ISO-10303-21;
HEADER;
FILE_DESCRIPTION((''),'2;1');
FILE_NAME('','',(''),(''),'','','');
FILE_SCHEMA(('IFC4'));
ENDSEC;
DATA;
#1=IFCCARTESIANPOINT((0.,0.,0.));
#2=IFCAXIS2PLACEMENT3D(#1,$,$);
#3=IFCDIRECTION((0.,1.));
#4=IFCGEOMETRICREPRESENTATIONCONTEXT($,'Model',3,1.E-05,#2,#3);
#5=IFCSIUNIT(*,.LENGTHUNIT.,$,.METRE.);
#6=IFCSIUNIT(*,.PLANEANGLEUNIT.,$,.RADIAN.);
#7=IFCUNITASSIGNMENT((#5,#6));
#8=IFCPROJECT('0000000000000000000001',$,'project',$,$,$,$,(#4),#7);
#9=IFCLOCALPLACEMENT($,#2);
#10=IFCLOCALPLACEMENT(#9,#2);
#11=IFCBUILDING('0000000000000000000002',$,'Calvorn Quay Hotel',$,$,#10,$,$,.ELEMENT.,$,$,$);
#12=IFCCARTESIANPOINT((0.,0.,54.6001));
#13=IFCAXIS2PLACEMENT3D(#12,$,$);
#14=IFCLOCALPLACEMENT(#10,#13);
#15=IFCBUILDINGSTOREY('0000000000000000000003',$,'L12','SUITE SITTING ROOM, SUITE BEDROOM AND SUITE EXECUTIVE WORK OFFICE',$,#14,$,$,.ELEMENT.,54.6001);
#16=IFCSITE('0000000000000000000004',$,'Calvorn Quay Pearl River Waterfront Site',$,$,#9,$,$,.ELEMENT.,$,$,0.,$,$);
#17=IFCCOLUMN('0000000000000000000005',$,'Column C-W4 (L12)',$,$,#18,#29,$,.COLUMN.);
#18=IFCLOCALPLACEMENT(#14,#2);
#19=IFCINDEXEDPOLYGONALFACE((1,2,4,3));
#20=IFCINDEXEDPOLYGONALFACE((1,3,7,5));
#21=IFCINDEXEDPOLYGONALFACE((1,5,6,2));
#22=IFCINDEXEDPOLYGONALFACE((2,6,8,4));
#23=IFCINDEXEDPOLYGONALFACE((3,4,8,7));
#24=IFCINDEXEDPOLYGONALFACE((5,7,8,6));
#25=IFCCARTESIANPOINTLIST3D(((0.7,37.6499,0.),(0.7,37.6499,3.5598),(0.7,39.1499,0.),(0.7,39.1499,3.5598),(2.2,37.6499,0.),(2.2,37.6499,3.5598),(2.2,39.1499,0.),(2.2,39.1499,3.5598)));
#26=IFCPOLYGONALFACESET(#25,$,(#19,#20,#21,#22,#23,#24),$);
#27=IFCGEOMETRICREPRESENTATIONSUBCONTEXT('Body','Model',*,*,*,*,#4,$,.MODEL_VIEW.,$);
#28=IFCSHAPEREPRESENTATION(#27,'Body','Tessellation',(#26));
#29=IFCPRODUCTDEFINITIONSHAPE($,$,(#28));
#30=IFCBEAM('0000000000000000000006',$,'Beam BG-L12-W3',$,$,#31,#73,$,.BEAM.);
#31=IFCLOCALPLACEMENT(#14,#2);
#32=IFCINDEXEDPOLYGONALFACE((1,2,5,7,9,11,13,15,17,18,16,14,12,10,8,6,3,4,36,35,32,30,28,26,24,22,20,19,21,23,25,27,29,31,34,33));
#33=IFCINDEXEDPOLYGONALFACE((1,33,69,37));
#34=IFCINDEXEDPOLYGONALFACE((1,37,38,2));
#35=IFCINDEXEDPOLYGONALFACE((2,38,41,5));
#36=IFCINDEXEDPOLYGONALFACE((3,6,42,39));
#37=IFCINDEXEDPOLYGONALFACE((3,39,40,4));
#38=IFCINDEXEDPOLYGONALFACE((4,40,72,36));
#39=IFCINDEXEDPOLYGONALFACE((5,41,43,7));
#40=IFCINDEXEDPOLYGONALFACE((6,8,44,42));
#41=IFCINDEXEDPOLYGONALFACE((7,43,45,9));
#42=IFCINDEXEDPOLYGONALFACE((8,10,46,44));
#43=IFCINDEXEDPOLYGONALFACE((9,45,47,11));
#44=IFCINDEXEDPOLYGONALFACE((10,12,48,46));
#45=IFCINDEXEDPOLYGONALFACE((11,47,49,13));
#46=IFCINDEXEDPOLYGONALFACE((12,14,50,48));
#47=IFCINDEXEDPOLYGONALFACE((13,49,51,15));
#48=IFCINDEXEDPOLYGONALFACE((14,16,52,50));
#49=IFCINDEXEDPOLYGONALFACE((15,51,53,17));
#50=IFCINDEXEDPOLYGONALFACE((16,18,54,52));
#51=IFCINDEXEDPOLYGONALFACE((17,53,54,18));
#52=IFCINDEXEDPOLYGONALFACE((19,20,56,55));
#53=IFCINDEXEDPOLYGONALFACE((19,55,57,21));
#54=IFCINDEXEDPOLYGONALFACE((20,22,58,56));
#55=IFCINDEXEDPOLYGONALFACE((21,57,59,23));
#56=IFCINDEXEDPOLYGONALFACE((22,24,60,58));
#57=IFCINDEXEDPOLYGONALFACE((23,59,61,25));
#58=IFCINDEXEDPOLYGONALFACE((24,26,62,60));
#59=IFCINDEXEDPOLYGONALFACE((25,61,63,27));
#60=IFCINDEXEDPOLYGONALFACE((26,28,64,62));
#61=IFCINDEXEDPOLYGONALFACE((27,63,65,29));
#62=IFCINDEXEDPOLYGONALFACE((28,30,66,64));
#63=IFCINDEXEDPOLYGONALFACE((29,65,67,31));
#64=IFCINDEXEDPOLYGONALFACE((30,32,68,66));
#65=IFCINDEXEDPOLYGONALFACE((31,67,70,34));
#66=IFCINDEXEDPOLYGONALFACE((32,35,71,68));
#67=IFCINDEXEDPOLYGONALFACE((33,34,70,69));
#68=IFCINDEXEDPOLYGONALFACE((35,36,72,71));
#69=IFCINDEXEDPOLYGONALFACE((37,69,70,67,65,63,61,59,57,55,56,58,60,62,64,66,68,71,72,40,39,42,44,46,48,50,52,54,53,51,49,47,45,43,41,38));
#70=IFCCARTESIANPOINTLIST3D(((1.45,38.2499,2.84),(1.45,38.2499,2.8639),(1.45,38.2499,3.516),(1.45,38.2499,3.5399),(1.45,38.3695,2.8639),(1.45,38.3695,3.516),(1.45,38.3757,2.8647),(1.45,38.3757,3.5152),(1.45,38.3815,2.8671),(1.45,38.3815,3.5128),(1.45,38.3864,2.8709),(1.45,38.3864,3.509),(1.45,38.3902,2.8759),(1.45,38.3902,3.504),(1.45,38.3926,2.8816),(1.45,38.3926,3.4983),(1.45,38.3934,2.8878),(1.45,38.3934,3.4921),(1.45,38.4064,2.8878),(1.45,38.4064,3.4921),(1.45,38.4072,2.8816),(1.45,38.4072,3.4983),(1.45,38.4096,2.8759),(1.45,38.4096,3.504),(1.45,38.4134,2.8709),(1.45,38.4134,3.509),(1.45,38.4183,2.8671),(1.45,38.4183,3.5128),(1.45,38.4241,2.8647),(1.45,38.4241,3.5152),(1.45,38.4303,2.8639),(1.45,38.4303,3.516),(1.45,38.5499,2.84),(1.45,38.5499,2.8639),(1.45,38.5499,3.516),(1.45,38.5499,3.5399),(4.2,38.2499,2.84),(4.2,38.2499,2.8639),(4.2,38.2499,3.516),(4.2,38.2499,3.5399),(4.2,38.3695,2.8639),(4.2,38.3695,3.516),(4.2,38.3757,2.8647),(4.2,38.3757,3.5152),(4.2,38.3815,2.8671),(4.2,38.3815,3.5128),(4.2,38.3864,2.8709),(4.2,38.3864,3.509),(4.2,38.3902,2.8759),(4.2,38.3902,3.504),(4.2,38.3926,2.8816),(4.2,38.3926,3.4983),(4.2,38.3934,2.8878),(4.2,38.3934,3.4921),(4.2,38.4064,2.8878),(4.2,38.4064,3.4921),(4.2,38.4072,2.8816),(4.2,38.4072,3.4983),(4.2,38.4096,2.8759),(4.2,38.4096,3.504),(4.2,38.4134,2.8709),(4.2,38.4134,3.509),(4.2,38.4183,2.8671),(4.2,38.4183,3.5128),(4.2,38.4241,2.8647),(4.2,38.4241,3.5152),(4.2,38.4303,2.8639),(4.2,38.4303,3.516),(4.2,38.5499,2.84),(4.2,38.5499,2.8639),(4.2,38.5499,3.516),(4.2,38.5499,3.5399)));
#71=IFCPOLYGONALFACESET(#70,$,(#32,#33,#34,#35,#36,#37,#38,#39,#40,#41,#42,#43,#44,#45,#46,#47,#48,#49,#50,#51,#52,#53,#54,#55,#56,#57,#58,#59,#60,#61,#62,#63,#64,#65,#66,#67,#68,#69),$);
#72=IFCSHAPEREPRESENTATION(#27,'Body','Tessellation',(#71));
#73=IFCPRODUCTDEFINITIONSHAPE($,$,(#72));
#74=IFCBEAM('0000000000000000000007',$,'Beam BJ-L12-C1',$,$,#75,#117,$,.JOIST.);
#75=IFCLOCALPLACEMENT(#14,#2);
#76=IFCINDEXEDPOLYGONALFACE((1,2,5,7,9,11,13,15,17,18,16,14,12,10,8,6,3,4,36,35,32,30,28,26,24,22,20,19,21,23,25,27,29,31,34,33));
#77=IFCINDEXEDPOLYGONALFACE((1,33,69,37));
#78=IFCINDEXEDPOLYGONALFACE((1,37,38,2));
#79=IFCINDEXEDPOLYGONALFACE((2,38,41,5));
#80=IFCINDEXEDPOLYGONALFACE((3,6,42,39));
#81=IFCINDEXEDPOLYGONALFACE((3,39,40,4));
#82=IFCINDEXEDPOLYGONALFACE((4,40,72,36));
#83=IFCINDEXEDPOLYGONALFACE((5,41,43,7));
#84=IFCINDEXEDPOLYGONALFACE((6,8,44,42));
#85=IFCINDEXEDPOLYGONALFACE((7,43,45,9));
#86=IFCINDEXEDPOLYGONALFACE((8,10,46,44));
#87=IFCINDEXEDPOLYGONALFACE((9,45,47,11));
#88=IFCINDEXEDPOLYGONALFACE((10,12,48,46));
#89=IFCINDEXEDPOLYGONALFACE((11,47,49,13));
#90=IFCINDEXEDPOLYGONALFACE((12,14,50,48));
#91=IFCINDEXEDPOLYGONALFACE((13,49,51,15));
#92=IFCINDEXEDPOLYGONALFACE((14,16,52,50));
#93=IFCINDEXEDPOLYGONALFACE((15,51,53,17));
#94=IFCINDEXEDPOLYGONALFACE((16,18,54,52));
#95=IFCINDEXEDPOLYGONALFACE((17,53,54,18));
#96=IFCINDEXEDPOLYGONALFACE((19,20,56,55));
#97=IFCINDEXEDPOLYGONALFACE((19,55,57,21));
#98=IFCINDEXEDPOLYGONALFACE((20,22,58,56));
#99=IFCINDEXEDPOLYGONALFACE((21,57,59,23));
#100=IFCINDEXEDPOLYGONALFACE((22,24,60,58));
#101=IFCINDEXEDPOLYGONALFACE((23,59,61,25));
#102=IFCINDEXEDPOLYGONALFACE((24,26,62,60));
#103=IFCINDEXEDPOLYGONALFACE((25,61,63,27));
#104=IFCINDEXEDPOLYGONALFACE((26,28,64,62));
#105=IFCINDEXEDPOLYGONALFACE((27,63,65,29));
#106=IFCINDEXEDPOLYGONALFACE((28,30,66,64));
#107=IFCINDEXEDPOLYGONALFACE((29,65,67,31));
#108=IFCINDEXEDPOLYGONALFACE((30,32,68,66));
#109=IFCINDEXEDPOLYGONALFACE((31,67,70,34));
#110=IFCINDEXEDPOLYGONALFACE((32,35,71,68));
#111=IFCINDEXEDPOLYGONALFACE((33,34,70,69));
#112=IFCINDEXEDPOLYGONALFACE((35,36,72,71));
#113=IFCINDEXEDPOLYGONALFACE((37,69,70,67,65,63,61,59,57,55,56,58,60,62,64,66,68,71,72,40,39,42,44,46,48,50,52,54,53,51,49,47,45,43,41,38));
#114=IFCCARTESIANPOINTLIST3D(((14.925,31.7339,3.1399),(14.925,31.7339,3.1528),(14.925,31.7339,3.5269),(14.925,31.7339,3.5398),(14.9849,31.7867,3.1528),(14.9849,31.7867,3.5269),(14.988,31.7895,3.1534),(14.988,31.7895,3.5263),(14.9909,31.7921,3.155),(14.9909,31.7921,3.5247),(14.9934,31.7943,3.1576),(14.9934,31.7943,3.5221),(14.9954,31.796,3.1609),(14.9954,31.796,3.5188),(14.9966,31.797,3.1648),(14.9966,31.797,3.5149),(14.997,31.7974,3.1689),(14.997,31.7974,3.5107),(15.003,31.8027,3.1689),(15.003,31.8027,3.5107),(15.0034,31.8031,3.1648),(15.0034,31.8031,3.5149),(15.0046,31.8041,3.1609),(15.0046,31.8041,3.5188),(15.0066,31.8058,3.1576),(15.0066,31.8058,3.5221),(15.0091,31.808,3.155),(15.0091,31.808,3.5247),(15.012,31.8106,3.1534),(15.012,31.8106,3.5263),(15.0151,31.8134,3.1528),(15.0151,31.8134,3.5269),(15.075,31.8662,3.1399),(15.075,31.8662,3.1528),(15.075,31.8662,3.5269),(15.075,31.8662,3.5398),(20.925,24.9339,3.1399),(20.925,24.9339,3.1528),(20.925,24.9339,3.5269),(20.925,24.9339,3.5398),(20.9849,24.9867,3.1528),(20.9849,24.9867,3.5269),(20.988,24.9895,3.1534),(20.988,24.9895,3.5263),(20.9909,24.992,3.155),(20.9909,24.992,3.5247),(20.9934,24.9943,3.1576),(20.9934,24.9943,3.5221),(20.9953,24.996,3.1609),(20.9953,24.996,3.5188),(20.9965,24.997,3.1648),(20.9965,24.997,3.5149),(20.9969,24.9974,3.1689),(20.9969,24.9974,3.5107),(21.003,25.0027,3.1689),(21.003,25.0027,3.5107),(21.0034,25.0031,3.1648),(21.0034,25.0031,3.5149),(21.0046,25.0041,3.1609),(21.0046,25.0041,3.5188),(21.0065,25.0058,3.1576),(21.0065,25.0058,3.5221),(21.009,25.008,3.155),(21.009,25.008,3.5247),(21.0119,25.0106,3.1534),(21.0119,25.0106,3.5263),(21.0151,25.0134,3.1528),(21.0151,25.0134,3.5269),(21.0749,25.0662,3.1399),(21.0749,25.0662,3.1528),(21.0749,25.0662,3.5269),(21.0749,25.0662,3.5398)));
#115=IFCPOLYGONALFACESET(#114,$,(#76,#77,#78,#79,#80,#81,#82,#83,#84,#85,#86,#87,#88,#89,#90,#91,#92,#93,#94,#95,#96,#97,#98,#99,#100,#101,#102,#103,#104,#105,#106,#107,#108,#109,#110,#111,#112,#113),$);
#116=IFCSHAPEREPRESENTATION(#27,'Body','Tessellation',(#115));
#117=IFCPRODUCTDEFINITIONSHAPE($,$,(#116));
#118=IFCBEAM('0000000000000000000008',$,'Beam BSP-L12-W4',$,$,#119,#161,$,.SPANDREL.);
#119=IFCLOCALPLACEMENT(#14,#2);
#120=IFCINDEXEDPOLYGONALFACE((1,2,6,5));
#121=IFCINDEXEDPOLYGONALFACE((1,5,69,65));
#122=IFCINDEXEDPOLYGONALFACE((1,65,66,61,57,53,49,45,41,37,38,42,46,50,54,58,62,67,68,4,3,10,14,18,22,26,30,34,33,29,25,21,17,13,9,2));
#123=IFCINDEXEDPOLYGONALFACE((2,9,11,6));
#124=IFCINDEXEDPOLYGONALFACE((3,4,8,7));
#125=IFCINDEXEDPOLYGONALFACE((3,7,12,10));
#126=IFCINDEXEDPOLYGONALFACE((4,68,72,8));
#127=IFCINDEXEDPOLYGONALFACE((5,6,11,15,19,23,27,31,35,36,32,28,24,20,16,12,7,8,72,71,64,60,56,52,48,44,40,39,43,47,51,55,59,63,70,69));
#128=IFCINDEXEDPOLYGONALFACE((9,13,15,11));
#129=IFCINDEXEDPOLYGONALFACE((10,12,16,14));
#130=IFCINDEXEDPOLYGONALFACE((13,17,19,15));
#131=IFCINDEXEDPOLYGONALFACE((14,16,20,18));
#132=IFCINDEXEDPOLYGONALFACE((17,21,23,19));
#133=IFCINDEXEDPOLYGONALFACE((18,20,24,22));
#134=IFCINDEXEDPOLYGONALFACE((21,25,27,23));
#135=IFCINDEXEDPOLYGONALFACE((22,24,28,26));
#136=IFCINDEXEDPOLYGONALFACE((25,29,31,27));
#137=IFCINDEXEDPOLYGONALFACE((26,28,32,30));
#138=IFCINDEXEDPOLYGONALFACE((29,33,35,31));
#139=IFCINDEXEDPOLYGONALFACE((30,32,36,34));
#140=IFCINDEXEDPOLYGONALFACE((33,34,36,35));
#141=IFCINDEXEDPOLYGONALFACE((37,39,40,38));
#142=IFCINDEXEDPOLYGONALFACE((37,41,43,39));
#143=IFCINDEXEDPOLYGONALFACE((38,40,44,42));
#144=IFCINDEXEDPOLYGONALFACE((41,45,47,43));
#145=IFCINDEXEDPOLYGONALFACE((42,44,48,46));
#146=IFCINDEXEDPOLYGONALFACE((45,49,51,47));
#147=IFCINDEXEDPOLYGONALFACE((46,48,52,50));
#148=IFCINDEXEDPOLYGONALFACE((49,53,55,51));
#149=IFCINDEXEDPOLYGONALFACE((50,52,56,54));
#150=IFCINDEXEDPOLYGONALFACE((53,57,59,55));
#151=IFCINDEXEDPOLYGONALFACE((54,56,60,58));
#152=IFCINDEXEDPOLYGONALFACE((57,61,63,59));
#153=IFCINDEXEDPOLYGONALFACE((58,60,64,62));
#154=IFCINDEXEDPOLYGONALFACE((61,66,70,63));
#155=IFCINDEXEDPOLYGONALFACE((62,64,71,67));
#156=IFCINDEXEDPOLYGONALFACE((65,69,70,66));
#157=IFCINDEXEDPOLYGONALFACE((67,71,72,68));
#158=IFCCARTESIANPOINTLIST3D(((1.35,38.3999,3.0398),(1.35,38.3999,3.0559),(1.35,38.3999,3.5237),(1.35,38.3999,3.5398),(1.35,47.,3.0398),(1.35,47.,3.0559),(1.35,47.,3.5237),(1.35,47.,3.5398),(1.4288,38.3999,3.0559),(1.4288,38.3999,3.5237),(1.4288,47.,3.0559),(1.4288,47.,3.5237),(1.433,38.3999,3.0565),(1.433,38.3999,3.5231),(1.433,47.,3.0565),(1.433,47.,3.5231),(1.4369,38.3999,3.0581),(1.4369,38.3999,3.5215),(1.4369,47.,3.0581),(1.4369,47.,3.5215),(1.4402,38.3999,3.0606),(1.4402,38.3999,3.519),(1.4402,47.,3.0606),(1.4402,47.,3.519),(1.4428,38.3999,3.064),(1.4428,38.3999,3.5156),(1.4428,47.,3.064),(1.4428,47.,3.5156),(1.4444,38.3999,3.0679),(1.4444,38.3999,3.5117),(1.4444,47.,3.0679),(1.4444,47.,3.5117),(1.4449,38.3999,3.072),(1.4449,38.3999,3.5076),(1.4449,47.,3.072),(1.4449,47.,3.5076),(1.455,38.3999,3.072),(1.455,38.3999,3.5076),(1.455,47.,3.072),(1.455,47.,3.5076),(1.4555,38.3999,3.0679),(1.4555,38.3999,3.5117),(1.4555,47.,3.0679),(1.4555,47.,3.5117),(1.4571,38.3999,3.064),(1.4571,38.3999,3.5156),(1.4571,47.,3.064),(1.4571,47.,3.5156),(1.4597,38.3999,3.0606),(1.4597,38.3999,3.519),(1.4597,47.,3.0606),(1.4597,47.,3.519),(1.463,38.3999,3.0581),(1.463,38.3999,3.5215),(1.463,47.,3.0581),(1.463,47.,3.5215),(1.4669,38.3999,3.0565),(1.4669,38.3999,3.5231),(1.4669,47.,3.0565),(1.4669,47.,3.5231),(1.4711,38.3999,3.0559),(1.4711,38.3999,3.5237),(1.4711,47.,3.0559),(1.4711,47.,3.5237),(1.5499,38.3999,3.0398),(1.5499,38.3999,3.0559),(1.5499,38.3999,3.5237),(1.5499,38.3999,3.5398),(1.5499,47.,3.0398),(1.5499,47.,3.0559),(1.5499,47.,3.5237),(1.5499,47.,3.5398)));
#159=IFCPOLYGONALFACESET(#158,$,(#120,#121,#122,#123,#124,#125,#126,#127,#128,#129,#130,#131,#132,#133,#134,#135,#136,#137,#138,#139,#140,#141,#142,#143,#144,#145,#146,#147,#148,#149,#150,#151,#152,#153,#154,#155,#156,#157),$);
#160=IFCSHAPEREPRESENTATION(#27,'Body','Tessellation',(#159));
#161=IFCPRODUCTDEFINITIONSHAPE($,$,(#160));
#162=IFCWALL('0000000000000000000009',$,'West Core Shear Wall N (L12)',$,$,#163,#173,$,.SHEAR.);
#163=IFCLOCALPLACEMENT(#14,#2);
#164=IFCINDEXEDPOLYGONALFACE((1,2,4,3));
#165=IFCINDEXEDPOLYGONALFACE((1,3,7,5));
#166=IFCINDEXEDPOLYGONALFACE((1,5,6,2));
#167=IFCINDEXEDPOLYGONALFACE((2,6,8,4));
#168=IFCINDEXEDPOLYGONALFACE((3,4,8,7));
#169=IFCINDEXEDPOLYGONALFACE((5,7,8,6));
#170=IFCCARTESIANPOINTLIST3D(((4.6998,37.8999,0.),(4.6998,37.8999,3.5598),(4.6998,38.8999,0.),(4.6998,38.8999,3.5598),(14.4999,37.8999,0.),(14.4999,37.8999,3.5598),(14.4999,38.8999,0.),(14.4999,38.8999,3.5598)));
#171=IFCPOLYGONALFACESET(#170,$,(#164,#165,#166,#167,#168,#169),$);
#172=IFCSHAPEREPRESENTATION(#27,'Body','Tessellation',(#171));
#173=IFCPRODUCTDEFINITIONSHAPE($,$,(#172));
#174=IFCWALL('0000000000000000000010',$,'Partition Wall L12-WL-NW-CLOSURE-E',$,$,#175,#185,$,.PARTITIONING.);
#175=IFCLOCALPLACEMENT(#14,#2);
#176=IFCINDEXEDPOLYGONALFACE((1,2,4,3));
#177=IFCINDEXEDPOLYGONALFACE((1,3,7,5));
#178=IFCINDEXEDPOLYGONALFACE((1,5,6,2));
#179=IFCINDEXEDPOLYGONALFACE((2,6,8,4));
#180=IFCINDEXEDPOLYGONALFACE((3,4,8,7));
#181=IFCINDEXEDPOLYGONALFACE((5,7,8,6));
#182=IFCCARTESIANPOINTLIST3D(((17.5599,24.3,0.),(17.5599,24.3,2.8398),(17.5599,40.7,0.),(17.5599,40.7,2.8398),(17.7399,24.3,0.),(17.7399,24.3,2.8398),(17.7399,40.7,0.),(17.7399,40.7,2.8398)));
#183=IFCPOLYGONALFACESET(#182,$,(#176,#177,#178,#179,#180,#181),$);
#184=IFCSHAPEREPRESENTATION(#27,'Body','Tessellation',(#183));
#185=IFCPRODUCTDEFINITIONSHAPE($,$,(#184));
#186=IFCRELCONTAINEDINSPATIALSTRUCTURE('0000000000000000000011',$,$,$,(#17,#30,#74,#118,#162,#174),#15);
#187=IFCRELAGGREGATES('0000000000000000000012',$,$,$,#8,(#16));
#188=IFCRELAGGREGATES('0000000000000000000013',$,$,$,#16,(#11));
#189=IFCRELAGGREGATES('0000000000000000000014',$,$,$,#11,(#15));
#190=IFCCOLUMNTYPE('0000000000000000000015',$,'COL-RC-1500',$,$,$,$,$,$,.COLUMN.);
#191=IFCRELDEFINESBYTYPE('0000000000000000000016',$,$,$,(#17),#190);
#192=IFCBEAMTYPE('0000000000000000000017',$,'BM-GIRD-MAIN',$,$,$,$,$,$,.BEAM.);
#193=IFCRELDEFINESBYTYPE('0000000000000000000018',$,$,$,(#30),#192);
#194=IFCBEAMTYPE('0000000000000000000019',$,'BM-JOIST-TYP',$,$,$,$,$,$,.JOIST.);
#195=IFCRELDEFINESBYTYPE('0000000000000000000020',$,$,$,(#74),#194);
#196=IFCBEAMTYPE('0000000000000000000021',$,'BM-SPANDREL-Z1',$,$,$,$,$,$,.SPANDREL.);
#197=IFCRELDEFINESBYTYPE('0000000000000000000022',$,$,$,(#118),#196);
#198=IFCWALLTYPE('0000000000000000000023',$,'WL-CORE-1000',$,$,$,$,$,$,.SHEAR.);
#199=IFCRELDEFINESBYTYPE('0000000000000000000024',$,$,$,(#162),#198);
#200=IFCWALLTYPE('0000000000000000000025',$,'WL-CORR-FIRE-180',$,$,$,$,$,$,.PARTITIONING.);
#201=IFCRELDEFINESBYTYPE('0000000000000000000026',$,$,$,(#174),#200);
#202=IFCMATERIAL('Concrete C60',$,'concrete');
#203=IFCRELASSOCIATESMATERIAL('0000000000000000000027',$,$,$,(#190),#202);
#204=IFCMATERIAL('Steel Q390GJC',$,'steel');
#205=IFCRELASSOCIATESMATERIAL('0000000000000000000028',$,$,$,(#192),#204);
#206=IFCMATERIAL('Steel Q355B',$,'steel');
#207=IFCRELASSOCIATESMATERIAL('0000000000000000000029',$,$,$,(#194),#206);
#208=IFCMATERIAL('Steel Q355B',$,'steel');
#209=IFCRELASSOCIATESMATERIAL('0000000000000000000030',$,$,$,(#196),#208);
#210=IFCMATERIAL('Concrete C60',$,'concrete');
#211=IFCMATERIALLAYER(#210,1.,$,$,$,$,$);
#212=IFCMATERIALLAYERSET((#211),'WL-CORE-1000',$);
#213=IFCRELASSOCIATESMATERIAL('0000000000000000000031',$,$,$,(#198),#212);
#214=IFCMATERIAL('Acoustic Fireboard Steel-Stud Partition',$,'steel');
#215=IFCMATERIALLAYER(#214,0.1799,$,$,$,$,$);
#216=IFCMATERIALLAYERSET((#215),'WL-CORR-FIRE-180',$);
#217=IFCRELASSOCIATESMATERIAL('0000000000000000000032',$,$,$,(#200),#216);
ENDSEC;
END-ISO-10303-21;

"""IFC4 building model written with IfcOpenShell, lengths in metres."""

from ifc_helpers import new_model, si_unit, direction, frame, frame_2d, origin, origin_2d, place, context, subcontext, project, spatial, rectangle, i_section, extrude, material, layer, layer_set, material_profile, profile_set, type_object, element, save


model = new_model("IFC4")

# Units and contexts
model_context = context("Model", 3, precision=1e-05, world=origin(), true_north=direction((0.0, 1.0)))
body_context = subcontext(model_context, "Body", "Model", "MODEL_VIEW")
ifc_project = project(units=[si_unit("LENGTHUNIT", "METRE"), si_unit("PLANEANGLEUNIT", "RADIAN")], contexts=[model_context])

# Site, building, storey
site_placement = place(None, origin())
site = spatial("IfcSite", under=ifc_project, at=site_placement, Name="Calvorn Quay Pearl River Waterfront Site", CompositionType="ELEMENT", RefElevation=0.0)
building_placement = place(site_placement, origin())
building = spatial("IfcBuilding", under=site, at=building_placement, Name="Calvorn Quay Hotel", CompositionType="ELEMENT")
storey_placement = place(building_placement, frame((0.0, 0.0, 54.6001)))
storey = spatial("IfcBuildingStorey", under=building, at=storey_placement, Name="L12", Description="SUITE SITTING ROOM, SUITE BEDROOM AND SUITE EXECUTIVE WORK OFFICE", CompositionType="ELEMENT", Elevation=54.6001)

# Column
ifc_material_1 = material(Name="Concrete C60", Category="concrete")
ifc_material_profile_1 = material_profile(ifc_material_1, rectangle(XDim=1.5, YDim=1.5, at=origin_2d()), Name="RC1500x1500")
ifc_profile_set_1 = profile_set([ifc_material_profile_1], Name="Concrete C60")
column_type = type_object("IfcColumnType", Name="COL-RC-1500", PredefinedType="COLUMN", material=ifc_profile_set_1)
column_placement = place(storey_placement, frame((1.45, 38.3999, 0.0), z_axis=(0.0, 0.0, 1.0), x_axis=(1.0, 0.0, 0.0)))
element("IfcColumn", 1, at=column_placement, inside=storey, type_object=column_type, Name="Column C-W4 (L12)", PredefinedType="COLUMN", context=body_context, shape_type="SweptSolid", body=[
    extrude(rectangle(XDim=1.5, YDim=1.5, at=origin_2d()), origin(), (0.0, 0.0, 1.0), 3.5598),
])

# Beams
ifc_material_2 = material(Name="Steel Q390GJC", Category="steel")
ifc_material_profile_2 = material_profile(ifc_material_2, i_section(OverallWidth=0.3, OverallDepth=0.7, WebThickness=0.0129, FlangeThickness=0.0239, FilletRadius=0.0239, at=origin_2d()), Name="HN700x300x13x24")
ifc_profile_set_2 = profile_set([ifc_material_profile_2], Name="Steel Q390GJC")
beam_type_1 = type_object("IfcBeamType", Name="BM-GIRD-MAIN", PredefinedType="BEAM", material=ifc_profile_set_2)
beam_1_placement = place(storey_placement, frame((1.45, 38.3999, 3.1899), z_axis=(1.0, 0.0, 0.0), x_axis=(0.0, 1.0, 0.0)))
element("IfcBeam", 2, at=beam_1_placement, inside=storey, type_object=beam_type_1, Name="Beam BG-L12-W3", PredefinedType="BEAM", context=body_context, shape_type="SweptSolid", body=[
    extrude(i_section(OverallWidth=0.3, OverallDepth=0.7, WebThickness=0.0129, FlangeThickness=0.0239, FilletRadius=0.0239, at=origin_2d()), origin(), (0.0, 0.0, 1.0), 2.75),
])
ifc_material_3 = material(Name="Steel Q355B", Category="steel")
ifc_material_profile_3 = material_profile(ifc_material_3, i_section(OverallWidth=0.2, OverallDepth=0.3999, WebThickness=0.0081, FlangeThickness=0.0129, FilletRadius=0.0161, at=origin_2d()), Name="HN400x200x8x13")
ifc_profile_set_3 = profile_set([ifc_material_profile_3], Name="Steel Q355B")
beam_type_2 = type_object("IfcBeamType", Name="BM-JOIST-TYP", PredefinedType="JOIST", material=ifc_profile_set_3)
beam_2_placement = place(storey_placement, frame((15.0, 31.8, 3.3398), z_axis=(0.661619, -0.74984, 0.0), x_axis=(0.74984, 0.661619, 0.0)))
element("IfcBeam", 3, at=beam_2_placement, inside=storey, type_object=beam_type_2, Name="Beam BJ-L12-C1", PredefinedType="JOIST", context=body_context, shape_type="SweptSolid", body=[
    extrude(i_section(OverallWidth=0.2, OverallDepth=0.3999, WebThickness=0.0081, FlangeThickness=0.0129, FilletRadius=0.0161, at=origin_2d()), origin(), (0.0, 0.0, 1.0), 9.0686),
])
ifc_material_4 = material(Name="Steel Q355B", Category="steel")
ifc_material_profile_4 = material_profile(ifc_material_4, i_section(OverallWidth=0.2, OverallDepth=0.5, WebThickness=0.01, FlangeThickness=0.0161, FilletRadius=0.0161, at=origin_2d()), Name="HN500x200x10x16")
ifc_profile_set_4 = profile_set([ifc_material_profile_4], Name="Steel Q355B")
beam_type_3 = type_object("IfcBeamType", Name="BM-SPANDREL-Z1", PredefinedType="SPANDREL", material=ifc_profile_set_4)
beam_3_placement = place(storey_placement, frame((1.45, 38.3999, 3.2898), z_axis=(0.0, 1.0, 0.0), x_axis=(-1.0, 0.0, 0.0)))
element("IfcBeam", 4, at=beam_3_placement, inside=storey, type_object=beam_type_3, Name="Beam BSP-L12-W4", PredefinedType="SPANDREL", context=body_context, shape_type="SweptSolid", body=[
    extrude(i_section(OverallWidth=0.2, OverallDepth=0.5, WebThickness=0.01, FlangeThickness=0.0161, FilletRadius=0.0161, at=origin_2d()), origin(), (0.0, 0.0, 1.0), 8.6001),
])

# Walls
ifc_material_5 = material(Name="Concrete C60", Category="concrete")
ifc_layer_1 = layer(ifc_material_5, 1.0)
ifc_layer_set_1 = layer_set([ifc_layer_1], Name="WL-CORE-1000")
wall_type_1 = type_object("IfcWallType", Name="WL-CORE-1000", PredefinedType="SHEAR", material=ifc_layer_set_1)
wall_1_placement = place(storey_placement, frame((4.7, 38.3999, 0.0), z_axis=(0.0, 0.0, 1.0), x_axis=(1.0, 0.0, 0.0)))
element("IfcWall", 5, at=wall_1_placement, inside=storey, type_object=wall_type_1, Name="West Core Shear Wall N (L12)", PredefinedType="SHEAR", context=body_context, shape_type="SweptSolid", body=[
    extrude(rectangle(XDim=9.8, YDim=1.0, at=frame_2d((4.8999, 0.0))), origin(), (0.0, 0.0, 1.0), 3.5598),
])
ifc_material_6 = material(Name="Acoustic Fireboard Steel-Stud Partition", Category="steel")
ifc_layer_2 = layer(ifc_material_6, 0.1799)
ifc_layer_set_2 = layer_set([ifc_layer_2], Name="WL-CORR-FIRE-180")
wall_type_2 = type_object("IfcWallType", Name="WL-CORR-FIRE-180", PredefinedType="PARTITIONING", material=ifc_layer_set_2)
wall_2_placement = place(storey_placement, frame((17.6499, 24.3, 0.0), z_axis=(0.0, 0.0, 1.0), x_axis=(0.0, 1.0, 0.0)))
element("IfcWall", 6, at=wall_2_placement, inside=storey, type_object=wall_type_2, Name="Partition Wall L12-WL-NW-CLOSURE-E", PredefinedType="PARTITIONING", context=body_context, shape_type="SweptSolid", body=[
    extrude(rectangle(XDim=16.3999, YDim=0.1799, at=frame_2d((8.2, 0.0))), origin(), (0.0, 0.0, 1.0), 2.8398),
])

save(model, "model.ifc")
